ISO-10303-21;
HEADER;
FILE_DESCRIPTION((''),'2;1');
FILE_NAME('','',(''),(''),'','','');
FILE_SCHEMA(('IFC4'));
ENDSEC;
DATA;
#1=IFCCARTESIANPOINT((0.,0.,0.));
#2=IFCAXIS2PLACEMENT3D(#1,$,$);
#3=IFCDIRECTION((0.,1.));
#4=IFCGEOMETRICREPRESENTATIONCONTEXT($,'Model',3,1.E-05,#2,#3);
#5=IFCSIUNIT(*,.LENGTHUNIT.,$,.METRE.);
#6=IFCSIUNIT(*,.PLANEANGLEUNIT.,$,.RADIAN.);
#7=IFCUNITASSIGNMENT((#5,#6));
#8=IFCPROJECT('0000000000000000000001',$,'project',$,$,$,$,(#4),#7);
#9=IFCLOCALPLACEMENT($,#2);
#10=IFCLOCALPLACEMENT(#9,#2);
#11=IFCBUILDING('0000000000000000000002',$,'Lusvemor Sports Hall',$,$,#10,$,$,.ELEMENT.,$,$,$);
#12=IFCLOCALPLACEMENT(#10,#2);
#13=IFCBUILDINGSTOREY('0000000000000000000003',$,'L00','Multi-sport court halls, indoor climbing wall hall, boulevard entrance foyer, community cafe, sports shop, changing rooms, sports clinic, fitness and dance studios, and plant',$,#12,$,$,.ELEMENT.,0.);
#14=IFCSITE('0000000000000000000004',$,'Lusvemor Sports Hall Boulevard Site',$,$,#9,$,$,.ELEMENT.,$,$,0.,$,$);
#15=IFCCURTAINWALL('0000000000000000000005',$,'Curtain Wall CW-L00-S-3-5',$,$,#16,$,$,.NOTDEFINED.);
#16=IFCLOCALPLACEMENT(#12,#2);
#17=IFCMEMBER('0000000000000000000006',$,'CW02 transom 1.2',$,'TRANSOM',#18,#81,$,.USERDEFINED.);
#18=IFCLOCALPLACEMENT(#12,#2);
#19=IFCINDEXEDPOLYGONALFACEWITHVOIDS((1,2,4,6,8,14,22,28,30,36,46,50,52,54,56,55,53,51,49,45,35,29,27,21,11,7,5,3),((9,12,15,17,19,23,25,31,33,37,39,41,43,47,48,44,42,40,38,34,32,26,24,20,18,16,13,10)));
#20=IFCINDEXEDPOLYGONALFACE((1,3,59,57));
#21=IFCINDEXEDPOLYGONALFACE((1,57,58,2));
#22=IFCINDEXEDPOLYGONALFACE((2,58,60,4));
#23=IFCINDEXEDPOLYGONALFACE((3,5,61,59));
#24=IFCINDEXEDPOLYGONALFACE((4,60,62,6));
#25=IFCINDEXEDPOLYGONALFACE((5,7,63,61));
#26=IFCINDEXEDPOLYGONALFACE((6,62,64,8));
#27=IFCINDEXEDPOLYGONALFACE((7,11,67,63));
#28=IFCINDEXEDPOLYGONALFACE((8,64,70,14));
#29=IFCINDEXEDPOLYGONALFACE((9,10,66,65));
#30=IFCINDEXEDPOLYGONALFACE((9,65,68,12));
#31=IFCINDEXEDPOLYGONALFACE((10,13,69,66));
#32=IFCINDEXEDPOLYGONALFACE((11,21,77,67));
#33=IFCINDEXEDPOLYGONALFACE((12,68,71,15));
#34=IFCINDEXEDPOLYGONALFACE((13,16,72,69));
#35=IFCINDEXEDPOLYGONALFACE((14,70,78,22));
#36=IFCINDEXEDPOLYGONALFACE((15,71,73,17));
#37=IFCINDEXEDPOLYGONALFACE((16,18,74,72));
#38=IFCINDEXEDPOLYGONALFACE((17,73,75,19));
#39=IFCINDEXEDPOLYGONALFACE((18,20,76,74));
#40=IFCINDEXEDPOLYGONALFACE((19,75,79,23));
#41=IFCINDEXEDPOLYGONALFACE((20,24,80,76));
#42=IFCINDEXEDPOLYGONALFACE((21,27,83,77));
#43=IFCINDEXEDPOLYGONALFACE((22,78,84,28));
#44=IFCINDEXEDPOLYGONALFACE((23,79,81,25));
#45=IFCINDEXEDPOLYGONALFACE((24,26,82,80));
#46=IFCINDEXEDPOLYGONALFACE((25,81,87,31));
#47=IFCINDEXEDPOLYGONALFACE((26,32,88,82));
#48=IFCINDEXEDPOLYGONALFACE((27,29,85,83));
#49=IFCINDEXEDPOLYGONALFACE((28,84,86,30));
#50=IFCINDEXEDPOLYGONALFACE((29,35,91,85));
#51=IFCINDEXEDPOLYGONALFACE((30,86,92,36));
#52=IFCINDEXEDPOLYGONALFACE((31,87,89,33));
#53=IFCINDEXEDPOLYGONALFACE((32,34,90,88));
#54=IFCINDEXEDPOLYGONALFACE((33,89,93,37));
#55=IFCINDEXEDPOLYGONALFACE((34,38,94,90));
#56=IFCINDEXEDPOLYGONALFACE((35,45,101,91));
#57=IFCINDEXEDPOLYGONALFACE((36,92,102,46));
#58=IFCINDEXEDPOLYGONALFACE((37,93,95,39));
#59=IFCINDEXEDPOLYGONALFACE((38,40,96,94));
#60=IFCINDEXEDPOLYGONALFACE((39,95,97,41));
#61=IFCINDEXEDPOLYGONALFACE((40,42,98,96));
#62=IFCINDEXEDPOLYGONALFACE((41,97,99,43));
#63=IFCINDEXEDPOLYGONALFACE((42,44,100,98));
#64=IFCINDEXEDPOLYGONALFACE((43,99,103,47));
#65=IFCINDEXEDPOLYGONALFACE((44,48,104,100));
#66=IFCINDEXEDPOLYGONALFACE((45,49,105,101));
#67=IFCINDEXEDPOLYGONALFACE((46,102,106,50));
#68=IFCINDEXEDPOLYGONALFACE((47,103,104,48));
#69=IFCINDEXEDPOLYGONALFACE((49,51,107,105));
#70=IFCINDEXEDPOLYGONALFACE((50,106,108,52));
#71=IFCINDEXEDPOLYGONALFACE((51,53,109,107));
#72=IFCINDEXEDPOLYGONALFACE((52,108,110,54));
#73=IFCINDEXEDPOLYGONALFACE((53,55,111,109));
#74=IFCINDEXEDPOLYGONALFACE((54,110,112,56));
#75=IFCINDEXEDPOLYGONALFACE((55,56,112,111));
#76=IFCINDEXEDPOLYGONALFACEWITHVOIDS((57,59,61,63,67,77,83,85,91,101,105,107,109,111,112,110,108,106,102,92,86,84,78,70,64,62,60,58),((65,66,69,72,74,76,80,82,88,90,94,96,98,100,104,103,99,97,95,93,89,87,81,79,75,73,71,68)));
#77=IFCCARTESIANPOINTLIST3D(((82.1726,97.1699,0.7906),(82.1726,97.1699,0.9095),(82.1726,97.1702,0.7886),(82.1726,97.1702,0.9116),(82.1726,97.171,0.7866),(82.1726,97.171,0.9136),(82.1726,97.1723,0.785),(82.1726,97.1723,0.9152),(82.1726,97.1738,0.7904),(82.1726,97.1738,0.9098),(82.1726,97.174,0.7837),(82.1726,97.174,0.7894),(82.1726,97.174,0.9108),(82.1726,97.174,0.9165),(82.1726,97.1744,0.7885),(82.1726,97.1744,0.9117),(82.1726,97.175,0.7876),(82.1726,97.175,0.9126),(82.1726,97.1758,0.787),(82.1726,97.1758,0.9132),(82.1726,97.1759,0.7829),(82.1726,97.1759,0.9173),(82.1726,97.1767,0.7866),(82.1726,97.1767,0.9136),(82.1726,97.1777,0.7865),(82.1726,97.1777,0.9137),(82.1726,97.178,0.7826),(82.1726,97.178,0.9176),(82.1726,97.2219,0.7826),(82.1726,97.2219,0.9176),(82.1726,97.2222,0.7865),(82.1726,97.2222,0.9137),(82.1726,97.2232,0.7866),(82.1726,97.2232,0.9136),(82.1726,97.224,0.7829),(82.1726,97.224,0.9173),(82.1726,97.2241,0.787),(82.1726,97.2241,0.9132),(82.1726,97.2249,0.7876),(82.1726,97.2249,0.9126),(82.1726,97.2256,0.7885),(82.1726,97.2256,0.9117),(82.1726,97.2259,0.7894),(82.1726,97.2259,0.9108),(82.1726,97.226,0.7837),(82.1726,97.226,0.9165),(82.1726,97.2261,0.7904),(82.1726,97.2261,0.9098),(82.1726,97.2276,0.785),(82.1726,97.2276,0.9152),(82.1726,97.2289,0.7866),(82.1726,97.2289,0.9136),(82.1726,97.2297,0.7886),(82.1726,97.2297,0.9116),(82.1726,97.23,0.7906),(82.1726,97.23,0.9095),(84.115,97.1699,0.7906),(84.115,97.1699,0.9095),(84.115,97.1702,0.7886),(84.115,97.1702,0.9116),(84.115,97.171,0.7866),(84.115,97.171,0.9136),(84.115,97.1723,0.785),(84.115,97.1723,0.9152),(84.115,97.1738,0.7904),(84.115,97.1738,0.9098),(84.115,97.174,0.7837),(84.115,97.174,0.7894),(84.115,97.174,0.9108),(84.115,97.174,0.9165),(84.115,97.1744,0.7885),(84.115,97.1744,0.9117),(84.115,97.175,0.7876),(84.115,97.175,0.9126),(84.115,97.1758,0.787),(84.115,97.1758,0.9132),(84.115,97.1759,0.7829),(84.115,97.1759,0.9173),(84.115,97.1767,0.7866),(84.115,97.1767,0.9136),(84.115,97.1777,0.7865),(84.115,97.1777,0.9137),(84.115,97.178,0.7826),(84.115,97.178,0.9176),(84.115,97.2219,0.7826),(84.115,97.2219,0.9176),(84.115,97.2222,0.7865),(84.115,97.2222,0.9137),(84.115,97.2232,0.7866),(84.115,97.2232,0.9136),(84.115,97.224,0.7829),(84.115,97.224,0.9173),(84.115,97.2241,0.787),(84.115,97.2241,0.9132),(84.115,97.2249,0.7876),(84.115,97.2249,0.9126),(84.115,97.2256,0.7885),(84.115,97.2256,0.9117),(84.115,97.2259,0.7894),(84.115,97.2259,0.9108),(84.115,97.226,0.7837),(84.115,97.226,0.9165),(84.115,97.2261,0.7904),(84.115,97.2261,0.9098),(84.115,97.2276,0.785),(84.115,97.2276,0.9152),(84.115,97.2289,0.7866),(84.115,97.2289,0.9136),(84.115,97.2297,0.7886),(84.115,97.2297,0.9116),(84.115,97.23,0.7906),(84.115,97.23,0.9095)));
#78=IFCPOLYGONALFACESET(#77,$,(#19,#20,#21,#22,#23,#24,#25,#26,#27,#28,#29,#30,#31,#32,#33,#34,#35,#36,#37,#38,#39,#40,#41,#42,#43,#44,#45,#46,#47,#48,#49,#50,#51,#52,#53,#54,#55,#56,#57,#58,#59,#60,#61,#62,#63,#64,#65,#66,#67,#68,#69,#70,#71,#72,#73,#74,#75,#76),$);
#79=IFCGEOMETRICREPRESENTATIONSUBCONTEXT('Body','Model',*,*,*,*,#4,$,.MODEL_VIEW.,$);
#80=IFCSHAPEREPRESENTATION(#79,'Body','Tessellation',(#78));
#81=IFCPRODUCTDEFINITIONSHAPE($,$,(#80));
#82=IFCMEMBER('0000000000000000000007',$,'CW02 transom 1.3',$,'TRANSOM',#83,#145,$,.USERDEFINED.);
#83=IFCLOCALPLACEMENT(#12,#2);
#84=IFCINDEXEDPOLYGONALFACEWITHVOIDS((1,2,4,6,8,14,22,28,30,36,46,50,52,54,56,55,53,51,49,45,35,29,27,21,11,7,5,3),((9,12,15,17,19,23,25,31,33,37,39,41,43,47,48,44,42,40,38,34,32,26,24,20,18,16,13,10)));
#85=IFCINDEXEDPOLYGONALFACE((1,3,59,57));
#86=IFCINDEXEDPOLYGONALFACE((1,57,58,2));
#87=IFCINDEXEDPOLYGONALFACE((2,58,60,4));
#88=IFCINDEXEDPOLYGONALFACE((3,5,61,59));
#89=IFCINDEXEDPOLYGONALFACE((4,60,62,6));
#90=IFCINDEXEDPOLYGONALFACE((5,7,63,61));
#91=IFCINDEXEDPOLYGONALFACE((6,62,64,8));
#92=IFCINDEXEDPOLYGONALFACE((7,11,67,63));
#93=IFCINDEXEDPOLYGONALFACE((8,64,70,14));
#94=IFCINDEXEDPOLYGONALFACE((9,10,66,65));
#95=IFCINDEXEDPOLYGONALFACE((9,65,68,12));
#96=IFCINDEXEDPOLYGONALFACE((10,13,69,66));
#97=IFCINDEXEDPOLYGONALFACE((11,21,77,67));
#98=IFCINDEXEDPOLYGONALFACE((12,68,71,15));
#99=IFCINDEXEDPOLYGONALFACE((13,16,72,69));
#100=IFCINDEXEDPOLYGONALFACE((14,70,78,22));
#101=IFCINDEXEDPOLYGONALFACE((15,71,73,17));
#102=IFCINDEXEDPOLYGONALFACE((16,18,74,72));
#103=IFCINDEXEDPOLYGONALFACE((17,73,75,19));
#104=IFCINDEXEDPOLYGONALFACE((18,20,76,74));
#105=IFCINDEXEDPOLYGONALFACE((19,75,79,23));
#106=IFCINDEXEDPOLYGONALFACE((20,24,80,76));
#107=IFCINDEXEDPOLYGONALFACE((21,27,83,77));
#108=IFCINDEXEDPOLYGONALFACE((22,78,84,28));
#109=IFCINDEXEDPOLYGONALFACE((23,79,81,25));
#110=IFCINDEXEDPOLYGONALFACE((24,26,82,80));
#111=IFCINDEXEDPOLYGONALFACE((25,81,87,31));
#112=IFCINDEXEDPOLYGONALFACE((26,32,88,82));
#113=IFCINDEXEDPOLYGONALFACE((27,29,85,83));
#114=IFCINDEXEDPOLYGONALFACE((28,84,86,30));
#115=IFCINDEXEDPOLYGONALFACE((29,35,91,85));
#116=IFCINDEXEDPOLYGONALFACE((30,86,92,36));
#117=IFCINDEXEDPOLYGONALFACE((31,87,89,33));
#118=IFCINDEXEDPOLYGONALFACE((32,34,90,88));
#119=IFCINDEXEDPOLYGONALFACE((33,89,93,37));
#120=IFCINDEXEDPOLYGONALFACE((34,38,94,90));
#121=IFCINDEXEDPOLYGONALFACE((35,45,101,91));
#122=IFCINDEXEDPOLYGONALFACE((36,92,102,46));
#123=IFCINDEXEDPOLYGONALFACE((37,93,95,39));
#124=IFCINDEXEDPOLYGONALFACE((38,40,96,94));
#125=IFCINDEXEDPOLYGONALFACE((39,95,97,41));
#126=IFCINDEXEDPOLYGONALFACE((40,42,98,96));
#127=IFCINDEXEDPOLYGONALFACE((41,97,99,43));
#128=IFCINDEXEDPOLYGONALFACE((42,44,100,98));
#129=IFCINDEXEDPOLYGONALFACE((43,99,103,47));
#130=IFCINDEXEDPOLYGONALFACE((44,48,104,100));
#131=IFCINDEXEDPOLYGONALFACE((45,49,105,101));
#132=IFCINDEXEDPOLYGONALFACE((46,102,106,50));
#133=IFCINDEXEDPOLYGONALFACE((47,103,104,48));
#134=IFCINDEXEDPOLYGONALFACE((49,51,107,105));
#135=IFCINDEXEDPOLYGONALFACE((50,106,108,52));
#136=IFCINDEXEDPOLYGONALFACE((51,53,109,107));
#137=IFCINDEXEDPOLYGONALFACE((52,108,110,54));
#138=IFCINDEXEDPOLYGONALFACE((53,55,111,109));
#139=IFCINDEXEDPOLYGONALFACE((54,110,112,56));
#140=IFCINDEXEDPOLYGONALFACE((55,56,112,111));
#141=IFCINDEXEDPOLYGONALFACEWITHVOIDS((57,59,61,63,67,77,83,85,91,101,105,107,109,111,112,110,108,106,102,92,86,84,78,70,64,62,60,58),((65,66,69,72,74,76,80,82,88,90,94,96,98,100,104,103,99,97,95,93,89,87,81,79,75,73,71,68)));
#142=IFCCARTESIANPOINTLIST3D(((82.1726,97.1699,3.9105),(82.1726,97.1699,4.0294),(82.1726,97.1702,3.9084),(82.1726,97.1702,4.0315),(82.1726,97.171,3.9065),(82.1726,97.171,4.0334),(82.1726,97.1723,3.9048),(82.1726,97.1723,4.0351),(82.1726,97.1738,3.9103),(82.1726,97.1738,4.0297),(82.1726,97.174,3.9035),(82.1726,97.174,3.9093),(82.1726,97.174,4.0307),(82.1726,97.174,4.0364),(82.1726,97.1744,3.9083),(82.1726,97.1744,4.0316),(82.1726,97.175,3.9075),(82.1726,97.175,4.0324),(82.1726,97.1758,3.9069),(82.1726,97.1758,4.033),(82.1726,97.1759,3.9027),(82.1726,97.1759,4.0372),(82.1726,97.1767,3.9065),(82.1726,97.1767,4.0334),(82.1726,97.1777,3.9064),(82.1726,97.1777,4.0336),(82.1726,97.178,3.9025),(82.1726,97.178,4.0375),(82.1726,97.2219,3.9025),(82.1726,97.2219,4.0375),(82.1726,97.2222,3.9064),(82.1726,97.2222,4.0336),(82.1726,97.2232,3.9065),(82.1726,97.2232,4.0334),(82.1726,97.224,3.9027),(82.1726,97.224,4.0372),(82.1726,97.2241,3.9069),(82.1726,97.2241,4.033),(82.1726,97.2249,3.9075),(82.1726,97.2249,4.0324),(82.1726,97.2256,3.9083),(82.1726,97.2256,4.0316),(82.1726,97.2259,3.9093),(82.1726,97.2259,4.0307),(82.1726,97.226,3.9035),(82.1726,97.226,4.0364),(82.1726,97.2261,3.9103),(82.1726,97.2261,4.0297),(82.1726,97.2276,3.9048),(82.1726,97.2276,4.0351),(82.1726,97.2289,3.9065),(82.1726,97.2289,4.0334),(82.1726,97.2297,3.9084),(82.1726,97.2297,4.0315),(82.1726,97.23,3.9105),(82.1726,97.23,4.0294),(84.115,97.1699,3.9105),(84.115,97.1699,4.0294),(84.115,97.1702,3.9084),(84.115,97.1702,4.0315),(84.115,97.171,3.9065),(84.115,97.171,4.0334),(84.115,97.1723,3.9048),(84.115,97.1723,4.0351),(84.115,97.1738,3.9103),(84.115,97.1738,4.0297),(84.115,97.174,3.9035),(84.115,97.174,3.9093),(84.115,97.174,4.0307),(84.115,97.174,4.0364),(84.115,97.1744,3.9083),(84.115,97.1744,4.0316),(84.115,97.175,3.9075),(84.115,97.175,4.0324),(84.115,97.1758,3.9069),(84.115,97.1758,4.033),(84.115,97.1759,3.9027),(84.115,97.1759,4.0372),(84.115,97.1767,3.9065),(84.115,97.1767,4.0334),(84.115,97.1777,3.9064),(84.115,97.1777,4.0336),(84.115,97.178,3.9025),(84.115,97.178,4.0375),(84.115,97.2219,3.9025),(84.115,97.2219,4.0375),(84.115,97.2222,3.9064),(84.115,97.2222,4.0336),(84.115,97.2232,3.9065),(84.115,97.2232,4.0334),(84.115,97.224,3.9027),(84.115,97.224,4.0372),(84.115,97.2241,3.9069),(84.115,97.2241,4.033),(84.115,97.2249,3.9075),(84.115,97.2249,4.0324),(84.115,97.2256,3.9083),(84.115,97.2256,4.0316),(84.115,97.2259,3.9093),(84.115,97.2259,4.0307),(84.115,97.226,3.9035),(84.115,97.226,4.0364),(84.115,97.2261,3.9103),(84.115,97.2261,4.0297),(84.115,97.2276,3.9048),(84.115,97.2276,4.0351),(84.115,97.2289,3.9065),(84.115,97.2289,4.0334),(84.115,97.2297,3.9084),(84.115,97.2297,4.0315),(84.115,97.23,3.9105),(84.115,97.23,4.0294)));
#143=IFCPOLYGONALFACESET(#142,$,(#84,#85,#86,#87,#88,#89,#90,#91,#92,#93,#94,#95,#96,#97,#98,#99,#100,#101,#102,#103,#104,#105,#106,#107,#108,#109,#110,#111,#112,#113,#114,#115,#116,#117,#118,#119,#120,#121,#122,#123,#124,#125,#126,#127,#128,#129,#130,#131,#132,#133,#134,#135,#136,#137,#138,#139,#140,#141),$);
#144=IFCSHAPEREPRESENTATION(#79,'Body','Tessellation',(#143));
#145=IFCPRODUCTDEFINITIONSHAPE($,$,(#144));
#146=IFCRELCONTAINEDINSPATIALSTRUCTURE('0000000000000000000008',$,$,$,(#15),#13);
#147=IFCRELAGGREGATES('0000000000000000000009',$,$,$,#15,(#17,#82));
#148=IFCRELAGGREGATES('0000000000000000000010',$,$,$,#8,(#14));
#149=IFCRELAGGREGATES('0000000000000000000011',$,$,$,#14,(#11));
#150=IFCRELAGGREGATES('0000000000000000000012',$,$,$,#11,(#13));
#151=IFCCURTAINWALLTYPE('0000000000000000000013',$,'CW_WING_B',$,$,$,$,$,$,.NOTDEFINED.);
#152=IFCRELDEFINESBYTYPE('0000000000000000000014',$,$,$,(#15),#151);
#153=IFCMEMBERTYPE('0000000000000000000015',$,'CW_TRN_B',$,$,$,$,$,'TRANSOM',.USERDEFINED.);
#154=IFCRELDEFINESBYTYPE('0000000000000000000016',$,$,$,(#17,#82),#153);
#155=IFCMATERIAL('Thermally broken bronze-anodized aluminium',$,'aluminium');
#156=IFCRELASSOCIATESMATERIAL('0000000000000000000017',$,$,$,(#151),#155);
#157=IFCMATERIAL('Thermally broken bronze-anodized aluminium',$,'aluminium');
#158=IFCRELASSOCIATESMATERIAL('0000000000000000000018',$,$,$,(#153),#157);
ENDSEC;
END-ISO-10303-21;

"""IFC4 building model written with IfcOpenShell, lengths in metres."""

from ifc_helpers import new_model, si_unit, direction, frame, origin, origin_2d, place, context, subcontext, project, spatial, hollow_rectangle, extrude, material, material_profile, profile_set, type_object, element, aggregate, save


model = new_model("IFC4")

# Units and contexts
model_context = context("Model", 3, precision=1e-05, world=origin(), true_north=direction((0.0, 1.0)))
body_context = subcontext(model_context, "Body", "Model", "MODEL_VIEW")
ifc_project = project(units=[si_unit("LENGTHUNIT", "METRE"), si_unit("PLANEANGLEUNIT", "RADIAN")], contexts=[model_context])

# Site, building, storey
site_placement = place(None, origin())
site = spatial("IfcSite", under=ifc_project, at=site_placement, Name="Lusvemor Sports Hall Boulevard Site", CompositionType="ELEMENT", RefElevation=0.0)
building_placement = place(site_placement, origin())
building = spatial("IfcBuilding", under=site, at=building_placement, Name="Lusvemor Sports Hall", CompositionType="ELEMENT")
storey_placement = place(building_placement, origin())
storey = spatial("IfcBuildingStorey", under=building, at=storey_placement, Name="L00", Description="Multi-sport court halls, indoor climbing wall hall, boulevard entrance foyer, community cafe, sports shop, changing rooms, sports clinic, fitness and dance studios, and plant", CompositionType="ELEMENT", Elevation=0.0)

# Curtain wall, members
ifc_material_1 = material(Name="Thermally broken bronze-anodized aluminium", Category="aluminium")
curtain_wall_type = type_object("IfcCurtainWallType", Name="CW_WING_B", PredefinedType="NOTDEFINED", material=ifc_material_1)
curtain_wall_placement = place(storey_placement, origin())
curtain_wall = element("IfcCurtainWall", 1, at=curtain_wall_placement, inside=storey, type_object=curtain_wall_type, Name="Curtain Wall CW-L00-S-3-5", PredefinedType="NOTDEFINED")
ifc_material_2 = material(Name="Thermally broken bronze-anodized aluminium", Category="aluminium")
ifc_material_profile_1 = material_profile(ifc_material_2, hollow_rectangle(XDim=0.0601, YDim=0.135, WallThickness=0.0039, InnerFilletRadius=0.0039, OuterFilletRadius=0.0081, at=origin_2d()), Name="CWTRN135x60x4")
ifc_profile_set_1 = profile_set([ifc_material_profile_1], Name="Thermally broken bronze-anodized aluminium")
member_type_1 = type_object("IfcMemberType", Name="CW_TRN_B", ElementType="TRANSOM", PredefinedType="USERDEFINED", material=ifc_profile_set_1)
member_1_placement = place(storey_placement, frame((84.115, 97.2, 0.8501), z_axis=(-1.0, 0.0, 0.0), x_axis=(0.0, -1.0, 0.0)))
member_1 = element("IfcMember", 2, at=member_1_placement, type_object=member_type_1, Name="CW02 transom 1.2", ObjectType="TRANSOM", PredefinedType="USERDEFINED", context=body_context, shape_type="SweptSolid", body=[
    extrude(hollow_rectangle(XDim=0.0601, YDim=0.135, WallThickness=0.0039, InnerFilletRadius=0.0039, OuterFilletRadius=0.0081, at=origin_2d()), origin(), (0.0, 0.0, 1.0), 1.9424),
])
member_2_placement = place(storey_placement, frame((84.115, 97.2, 3.97), z_axis=(-1.0, 0.0, 0.0), x_axis=(0.0, -1.0, 0.0)))
member_2 = element("IfcMember", 3, at=member_2_placement, type_object=member_type_1, Name="CW02 transom 1.3", ObjectType="TRANSOM", PredefinedType="USERDEFINED", context=body_context, shape_type="SweptSolid", body=[
    extrude(hollow_rectangle(XDim=0.0601, YDim=0.135, WallThickness=0.0039, InnerFilletRadius=0.0039, OuterFilletRadius=0.0081, at=origin_2d()), origin(), (0.0, 0.0, 1.0), 1.9424),
])
aggregate(curtain_wall, [member_1, member_2])

save(model, "model.ifc")
